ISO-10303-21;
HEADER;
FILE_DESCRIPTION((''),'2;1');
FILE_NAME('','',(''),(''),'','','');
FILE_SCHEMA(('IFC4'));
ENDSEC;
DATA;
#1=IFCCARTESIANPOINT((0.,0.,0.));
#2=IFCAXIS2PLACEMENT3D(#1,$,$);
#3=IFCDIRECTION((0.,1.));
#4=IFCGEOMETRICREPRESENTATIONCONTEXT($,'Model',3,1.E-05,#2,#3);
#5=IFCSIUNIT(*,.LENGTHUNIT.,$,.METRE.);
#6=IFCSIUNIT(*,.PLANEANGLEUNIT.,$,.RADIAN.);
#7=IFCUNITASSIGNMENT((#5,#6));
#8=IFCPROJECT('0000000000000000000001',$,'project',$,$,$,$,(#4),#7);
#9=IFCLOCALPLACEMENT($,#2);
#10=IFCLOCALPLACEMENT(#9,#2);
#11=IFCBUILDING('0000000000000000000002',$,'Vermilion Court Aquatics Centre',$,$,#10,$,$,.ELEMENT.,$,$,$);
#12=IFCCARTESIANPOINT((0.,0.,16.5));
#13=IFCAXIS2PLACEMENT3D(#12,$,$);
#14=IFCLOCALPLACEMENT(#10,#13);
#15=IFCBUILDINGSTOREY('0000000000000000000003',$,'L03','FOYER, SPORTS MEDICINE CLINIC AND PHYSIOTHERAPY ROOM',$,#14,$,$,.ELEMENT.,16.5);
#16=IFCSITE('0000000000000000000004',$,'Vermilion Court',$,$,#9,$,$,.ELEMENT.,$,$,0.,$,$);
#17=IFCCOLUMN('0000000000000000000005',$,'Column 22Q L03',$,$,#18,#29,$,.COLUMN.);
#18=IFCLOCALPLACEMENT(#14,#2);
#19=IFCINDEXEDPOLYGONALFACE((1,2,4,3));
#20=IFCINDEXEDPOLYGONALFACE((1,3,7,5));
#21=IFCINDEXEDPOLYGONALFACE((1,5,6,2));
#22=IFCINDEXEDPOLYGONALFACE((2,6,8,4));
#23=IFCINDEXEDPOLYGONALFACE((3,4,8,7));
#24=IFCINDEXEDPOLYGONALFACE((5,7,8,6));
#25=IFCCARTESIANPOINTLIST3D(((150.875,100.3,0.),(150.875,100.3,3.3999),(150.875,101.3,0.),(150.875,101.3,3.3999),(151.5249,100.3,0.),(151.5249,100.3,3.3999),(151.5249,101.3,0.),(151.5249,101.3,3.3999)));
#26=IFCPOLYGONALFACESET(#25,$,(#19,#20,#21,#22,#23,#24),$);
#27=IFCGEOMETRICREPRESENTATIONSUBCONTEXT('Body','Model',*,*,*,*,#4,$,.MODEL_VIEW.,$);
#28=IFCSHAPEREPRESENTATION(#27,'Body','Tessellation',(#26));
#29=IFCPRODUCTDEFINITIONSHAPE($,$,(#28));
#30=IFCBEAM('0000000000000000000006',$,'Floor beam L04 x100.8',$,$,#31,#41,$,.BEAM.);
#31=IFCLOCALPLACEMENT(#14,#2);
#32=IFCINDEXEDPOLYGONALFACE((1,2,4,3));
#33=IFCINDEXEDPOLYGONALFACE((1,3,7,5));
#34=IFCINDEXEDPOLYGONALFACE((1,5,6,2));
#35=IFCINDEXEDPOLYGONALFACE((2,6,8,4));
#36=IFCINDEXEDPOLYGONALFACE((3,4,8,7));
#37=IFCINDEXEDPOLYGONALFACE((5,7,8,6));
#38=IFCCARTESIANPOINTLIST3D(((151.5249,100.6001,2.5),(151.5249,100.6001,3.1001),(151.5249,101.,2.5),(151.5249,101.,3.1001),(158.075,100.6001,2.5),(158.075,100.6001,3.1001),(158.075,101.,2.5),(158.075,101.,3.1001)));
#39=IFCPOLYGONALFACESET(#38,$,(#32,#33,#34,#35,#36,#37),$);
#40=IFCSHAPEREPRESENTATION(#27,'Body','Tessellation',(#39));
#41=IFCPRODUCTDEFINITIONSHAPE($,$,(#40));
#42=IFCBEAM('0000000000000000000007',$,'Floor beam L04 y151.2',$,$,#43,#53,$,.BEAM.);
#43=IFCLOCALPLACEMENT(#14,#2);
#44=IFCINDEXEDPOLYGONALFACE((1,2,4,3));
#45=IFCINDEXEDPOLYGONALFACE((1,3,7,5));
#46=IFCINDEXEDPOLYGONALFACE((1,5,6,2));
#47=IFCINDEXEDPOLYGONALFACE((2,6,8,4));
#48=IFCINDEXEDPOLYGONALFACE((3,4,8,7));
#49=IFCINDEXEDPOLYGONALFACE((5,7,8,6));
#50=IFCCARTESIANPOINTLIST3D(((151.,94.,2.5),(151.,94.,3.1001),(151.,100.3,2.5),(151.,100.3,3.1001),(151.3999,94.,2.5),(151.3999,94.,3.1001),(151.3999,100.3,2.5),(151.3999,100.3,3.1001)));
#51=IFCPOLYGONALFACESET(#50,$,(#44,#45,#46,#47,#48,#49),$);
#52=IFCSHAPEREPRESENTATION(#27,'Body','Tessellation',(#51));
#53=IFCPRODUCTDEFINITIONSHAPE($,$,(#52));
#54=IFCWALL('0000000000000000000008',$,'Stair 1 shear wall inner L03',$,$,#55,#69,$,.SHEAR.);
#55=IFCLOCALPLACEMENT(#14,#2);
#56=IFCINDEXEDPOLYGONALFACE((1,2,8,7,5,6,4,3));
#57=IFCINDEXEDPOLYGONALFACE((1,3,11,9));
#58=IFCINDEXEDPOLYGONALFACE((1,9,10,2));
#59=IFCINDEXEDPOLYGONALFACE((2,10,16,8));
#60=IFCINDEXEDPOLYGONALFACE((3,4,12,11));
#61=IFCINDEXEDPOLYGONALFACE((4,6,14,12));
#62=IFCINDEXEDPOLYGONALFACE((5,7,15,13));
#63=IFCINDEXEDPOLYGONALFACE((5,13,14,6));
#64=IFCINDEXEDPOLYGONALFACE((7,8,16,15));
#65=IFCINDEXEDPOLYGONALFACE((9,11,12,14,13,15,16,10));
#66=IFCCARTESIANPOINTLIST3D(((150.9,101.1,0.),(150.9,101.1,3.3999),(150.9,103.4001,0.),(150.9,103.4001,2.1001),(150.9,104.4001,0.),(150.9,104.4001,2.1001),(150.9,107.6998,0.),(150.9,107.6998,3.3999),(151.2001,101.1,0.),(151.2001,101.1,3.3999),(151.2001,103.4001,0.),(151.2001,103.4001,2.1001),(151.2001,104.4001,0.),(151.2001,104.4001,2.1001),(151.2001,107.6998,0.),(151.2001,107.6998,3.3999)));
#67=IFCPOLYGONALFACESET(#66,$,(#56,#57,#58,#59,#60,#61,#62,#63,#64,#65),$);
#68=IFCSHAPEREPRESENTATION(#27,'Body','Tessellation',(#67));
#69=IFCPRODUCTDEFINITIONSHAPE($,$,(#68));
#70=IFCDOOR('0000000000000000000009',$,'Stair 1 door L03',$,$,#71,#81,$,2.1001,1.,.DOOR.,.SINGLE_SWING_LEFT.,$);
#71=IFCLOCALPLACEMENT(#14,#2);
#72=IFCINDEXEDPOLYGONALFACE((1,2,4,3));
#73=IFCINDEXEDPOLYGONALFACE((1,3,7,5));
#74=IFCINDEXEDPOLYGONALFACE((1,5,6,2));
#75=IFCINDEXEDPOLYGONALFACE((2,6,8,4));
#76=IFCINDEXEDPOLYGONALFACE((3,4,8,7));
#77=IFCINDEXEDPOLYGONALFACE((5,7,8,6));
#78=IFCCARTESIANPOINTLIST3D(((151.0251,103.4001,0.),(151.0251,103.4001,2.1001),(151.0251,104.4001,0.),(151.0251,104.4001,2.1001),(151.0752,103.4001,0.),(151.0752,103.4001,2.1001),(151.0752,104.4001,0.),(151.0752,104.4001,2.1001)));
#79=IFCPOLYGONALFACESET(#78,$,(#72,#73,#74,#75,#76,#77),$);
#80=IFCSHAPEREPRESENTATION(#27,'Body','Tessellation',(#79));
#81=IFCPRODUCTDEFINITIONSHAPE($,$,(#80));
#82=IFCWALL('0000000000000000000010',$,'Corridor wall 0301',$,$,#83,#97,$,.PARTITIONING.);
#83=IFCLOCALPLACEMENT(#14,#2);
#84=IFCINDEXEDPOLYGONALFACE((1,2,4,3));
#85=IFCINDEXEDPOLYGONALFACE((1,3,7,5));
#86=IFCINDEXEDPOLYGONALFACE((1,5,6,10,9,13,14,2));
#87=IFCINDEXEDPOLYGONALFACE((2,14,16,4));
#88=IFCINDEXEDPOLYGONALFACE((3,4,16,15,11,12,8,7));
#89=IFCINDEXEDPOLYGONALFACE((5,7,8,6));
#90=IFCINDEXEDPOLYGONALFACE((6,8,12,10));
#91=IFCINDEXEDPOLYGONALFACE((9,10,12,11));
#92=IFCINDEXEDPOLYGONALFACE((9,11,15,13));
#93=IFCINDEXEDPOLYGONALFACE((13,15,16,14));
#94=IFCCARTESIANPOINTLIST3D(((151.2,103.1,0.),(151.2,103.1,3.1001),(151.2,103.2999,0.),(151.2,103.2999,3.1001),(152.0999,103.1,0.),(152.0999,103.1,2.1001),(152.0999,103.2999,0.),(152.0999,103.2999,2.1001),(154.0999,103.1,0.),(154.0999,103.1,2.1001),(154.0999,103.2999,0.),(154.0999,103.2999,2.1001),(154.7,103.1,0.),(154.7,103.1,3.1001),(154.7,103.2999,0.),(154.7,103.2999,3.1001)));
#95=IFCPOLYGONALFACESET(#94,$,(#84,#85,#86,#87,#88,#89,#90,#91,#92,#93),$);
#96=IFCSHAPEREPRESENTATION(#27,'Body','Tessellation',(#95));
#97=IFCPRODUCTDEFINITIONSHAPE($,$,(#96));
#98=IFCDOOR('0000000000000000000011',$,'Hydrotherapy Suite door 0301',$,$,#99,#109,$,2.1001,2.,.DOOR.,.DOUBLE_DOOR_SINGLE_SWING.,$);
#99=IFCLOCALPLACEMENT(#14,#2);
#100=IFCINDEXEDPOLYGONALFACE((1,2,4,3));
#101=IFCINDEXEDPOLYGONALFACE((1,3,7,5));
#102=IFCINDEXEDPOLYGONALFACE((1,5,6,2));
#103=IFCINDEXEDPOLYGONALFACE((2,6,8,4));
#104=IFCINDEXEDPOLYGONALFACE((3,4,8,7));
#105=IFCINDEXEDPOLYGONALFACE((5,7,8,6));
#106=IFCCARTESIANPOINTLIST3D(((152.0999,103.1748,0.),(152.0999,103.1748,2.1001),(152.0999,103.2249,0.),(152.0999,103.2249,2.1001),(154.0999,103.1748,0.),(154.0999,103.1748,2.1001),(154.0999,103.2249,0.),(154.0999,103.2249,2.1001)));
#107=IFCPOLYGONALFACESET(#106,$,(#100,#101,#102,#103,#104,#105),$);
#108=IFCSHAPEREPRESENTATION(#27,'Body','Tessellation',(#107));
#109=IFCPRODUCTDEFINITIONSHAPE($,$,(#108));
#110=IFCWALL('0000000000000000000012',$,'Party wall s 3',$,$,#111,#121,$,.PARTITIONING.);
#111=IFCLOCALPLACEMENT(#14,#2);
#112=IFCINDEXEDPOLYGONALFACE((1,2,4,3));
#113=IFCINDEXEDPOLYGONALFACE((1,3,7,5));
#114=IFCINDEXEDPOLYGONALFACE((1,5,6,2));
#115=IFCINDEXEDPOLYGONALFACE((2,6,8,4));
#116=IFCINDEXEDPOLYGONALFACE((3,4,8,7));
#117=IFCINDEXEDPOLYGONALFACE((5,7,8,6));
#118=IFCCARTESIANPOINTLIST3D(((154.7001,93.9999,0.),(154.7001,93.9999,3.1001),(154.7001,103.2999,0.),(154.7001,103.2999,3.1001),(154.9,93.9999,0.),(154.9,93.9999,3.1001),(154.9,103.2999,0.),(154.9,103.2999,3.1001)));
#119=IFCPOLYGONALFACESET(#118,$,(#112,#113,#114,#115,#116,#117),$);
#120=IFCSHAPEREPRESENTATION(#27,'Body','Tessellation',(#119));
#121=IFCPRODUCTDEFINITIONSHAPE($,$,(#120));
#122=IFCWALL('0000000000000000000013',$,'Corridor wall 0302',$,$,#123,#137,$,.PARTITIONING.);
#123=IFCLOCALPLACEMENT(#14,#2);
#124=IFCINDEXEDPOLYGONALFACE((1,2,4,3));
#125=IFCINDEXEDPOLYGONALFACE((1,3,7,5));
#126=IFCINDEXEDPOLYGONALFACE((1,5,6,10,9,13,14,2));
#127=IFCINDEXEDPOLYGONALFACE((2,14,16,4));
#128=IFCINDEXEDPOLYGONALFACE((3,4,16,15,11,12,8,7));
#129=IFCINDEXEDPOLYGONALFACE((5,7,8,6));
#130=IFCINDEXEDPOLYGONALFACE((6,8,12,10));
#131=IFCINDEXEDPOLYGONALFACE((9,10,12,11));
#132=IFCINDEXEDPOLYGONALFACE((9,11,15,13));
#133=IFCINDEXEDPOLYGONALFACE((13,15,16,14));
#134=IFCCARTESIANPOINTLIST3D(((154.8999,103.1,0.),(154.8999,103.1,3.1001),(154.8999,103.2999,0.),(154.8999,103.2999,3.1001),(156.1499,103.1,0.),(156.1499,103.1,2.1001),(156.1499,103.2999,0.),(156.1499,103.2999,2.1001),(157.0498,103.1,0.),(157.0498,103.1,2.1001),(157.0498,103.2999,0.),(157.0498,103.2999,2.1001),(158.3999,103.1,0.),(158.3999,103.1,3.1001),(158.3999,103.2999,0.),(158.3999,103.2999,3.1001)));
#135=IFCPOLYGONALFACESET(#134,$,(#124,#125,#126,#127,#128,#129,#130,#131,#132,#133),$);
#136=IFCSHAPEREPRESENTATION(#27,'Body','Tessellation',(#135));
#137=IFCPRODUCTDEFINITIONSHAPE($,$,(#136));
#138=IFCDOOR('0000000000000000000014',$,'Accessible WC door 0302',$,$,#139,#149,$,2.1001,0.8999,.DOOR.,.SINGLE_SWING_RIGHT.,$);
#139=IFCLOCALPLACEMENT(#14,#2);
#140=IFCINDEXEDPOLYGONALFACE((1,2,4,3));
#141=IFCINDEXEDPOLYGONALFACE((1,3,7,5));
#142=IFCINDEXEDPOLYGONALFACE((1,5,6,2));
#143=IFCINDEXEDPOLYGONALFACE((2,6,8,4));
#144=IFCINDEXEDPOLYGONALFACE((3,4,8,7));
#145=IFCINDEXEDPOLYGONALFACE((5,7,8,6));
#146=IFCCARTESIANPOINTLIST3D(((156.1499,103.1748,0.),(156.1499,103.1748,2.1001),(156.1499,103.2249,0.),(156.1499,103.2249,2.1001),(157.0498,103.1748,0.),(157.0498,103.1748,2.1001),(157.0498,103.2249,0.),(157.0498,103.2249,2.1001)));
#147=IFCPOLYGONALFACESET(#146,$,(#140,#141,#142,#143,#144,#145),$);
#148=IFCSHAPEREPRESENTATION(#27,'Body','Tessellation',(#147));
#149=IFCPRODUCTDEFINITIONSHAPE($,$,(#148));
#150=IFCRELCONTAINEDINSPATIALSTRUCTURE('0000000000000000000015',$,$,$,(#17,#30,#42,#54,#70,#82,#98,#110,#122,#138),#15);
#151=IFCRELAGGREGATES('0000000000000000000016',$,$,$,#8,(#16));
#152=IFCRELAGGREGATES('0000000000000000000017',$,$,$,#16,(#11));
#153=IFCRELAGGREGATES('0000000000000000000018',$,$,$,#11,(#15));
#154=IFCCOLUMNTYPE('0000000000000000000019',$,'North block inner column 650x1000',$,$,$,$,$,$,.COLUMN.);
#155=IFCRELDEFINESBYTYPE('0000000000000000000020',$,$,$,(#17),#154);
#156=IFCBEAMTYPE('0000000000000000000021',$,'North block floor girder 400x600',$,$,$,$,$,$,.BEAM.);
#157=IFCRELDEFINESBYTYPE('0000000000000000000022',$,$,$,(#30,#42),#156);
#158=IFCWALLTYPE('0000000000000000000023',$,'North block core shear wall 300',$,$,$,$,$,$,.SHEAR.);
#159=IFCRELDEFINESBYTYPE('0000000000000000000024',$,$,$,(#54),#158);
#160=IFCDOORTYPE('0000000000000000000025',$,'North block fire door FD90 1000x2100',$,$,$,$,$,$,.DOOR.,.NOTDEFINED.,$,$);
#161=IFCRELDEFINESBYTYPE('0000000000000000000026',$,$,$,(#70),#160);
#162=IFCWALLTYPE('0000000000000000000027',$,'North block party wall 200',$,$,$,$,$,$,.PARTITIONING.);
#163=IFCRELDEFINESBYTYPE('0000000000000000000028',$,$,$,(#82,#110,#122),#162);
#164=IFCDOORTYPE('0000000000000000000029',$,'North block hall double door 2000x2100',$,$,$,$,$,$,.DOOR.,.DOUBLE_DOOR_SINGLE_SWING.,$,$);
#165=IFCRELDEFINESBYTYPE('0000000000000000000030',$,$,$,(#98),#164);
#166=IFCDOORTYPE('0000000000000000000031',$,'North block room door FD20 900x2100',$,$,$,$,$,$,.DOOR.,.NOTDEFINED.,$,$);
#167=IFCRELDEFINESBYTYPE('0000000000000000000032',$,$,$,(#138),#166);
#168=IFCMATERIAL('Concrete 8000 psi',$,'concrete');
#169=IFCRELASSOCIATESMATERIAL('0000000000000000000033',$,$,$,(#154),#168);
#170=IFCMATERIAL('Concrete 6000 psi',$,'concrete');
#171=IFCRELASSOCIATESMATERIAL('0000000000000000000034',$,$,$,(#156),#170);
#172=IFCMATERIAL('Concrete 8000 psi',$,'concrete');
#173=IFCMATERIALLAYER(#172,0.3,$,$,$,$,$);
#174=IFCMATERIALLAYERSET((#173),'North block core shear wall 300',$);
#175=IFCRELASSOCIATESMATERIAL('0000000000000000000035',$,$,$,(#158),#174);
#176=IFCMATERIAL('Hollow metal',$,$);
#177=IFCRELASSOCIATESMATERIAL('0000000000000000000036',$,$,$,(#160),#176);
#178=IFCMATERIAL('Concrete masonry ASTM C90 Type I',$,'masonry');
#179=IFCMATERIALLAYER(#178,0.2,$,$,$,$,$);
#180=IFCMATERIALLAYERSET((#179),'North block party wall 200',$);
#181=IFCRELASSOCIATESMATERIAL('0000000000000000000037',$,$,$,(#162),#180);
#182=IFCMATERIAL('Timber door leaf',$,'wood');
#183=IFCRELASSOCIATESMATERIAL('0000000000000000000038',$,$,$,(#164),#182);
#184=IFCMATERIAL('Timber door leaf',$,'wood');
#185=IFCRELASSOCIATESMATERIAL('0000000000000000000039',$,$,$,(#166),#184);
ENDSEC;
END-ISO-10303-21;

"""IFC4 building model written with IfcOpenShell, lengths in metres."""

from ifc_helpers import new_model, si_unit, direction, frame, frame_2d, origin, origin_2d, place, context, subcontext, project, spatial, rectangle, extrude, material, layer, layer_set, material_profile, profile_set, type_object, element, fill, save


model = new_model("IFC4")

# Units and contexts
model_context = context("Model", 3, precision=1e-05, world=origin(), true_north=direction((0.0, 1.0)))
body_context = subcontext(model_context, "Body", "Model", "MODEL_VIEW")
ifc_project = project(units=[si_unit("LENGTHUNIT", "METRE"), si_unit("PLANEANGLEUNIT", "RADIAN")], contexts=[model_context])

# Site, building, storey
site_placement = place(None, origin())
site = spatial("IfcSite", under=ifc_project, at=site_placement, Name="Vermilion Court", CompositionType="ELEMENT", RefElevation=0.0)
building_placement = place(site_placement, origin())
building = spatial("IfcBuilding", under=site, at=building_placement, Name="Vermilion Court Aquatics Centre", CompositionType="ELEMENT")
storey_placement = place(building_placement, frame((0.0, 0.0, 16.5)))
storey = spatial("IfcBuildingStorey", under=building, at=storey_placement, Name="L03", Description="FOYER, SPORTS MEDICINE CLINIC AND PHYSIOTHERAPY ROOM", CompositionType="ELEMENT", Elevation=16.5)

# Column
ifc_material_1 = material(Name="Concrete 8000 psi", Category="concrete")
ifc_material_profile_1 = material_profile(ifc_material_1, rectangle(XDim=0.6499, YDim=1.0, at=origin_2d()), Name="RC 650x1000")
ifc_profile_set_1 = profile_set([ifc_material_profile_1], Name="Concrete 8000 psi")
column_type = type_object("IfcColumnType", Name="North block inner column 650x1000", PredefinedType="COLUMN", material=ifc_profile_set_1)
column_placement = place(storey_placement, frame((151.2, 100.8, 0.0), z_axis=(0.0, 0.0, 1.0), x_axis=(1.0, 0.0, 0.0)))
element("IfcColumn", 1, at=column_placement, inside=storey, type_object=column_type, Name="Column 22Q L03", PredefinedType="COLUMN", context=body_context, shape_type="SweptSolid", body=[
    extrude(rectangle(XDim=0.6499, YDim=1.0, at=origin_2d()), origin(), (0.0, 0.0, 1.0), 3.3999),
])

# Beams
ifc_material_2 = material(Name="Concrete 6000 psi", Category="concrete")
ifc_material_profile_2 = material_profile(ifc_material_2, rectangle(XDim=0.3999, YDim=0.6001, at=origin_2d()), Name="RC 400x600")
ifc_profile_set_2 = profile_set([ifc_material_profile_2], Name="Concrete 6000 psi")
beam_type = type_object("IfcBeamType", Name="North block floor girder 400x600", PredefinedType="BEAM", material=ifc_profile_set_2)
beam_1_placement = place(storey_placement, frame((151.5249, 100.8, 2.8), z_axis=(1.0, 0.0, 0.0), x_axis=(0.0, 1.0, 0.0)))
element("IfcBeam", 2, at=beam_1_placement, inside=storey, type_object=beam_type, Name="Floor beam L04 x100.8", PredefinedType="BEAM", context=body_context, shape_type="SweptSolid", body=[
    extrude(rectangle(XDim=0.3999, YDim=0.6001, at=origin_2d()), origin(), (0.0, 0.0, 1.0), 6.55),
])
beam_2_placement = place(storey_placement, frame((151.2, 94.0, 2.8), z_axis=(0.0, 1.0, 0.0), x_axis=(-1.0, 0.0, 0.0)))
element("IfcBeam", 3, at=beam_2_placement, inside=storey, type_object=beam_type, Name="Floor beam L04 y151.2", PredefinedType="BEAM", context=body_context, shape_type="SweptSolid", body=[
    extrude(rectangle(XDim=0.3999, YDim=0.6001, at=origin_2d()), origin(), (0.0, 0.0, 1.0), 6.3),
])

# Walls, openings, doors
ifc_material_3 = material(Name="Concrete 8000 psi", Category="concrete")
ifc_layer_1 = layer(ifc_material_3, 0.3)
ifc_layer_set_1 = layer_set([ifc_layer_1], Name="North block core shear wall 300")
wall_type_1 = type_object("IfcWallType", Name="North block core shear wall 300", PredefinedType="SHEAR", material=ifc_layer_set_1)
wall_1_placement = place(storey_placement, frame((151.05, 101.1001, 0.0), z_axis=(0.0, 0.0, 1.0), x_axis=(0.0, 1.0, 0.0)))
wall_1 = element("IfcWall", 4, at=wall_1_placement, inside=storey, type_object=wall_type_1, Name="Stair 1 shear wall inner L03", PredefinedType="SHEAR", context=body_context, shape_type="SweptSolid", body=[
    extrude(rectangle(XDim=6.5999, YDim=0.3, at=frame_2d((3.2998, 0.0))), origin(), (0.0, 0.0, 1.0), 3.3999),
])
opening_1_placement = place(wall_1_placement, frame((2.3, 0.0, 0.0)))
opening_1 = element("IfcOpeningElement", 5, at=opening_1_placement, cuts=wall_1, PredefinedType="OPENING", context=body_context, shape_type="SweptSolid", body=[
    extrude(rectangle(XDim=1.0, YDim=2.1001, at=frame_2d((0.5, 1.05))), frame((0.0, 0.1599, 0.0), z_axis=(0.0, -1.0, 0.0), x_axis=(1.0, 0.0, 0.0)), (0.0, 0.0, 1.0), 0.3201),
])
ifc_material_4 = material(Name="Hollow metal")
door_type_1 = type_object("IfcDoorType", Name="North block fire door FD90 1000x2100", OperationType="NOTDEFINED", PredefinedType="DOOR", material=ifc_material_4)
door_1_placement = place(opening_1_placement, origin())
door_1 = element("IfcDoor", 6, at=door_1_placement, inside=storey, type_object=door_type_1, Name="Stair 1 door L03", OperationType="SINGLE_SWING_LEFT", OverallHeight=2.1001, OverallWidth=1.0, PredefinedType="DOOR", context=body_context, shape_type="SweptSolid", body=[
    extrude(rectangle(XDim=1.0, YDim=2.1001, at=frame_2d((0.5, 1.05))), frame((0.0, 0.0249, 0.0), z_axis=(0.0, -1.0, 0.0), x_axis=(1.0, 0.0, 0.0)), (0.0, 0.0, 1.0), 0.05),
])
fill(opening_1, door_1)
ifc_material_5 = material(Name="Concrete masonry ASTM C90 Type I", Category="masonry")
ifc_layer_2 = layer(ifc_material_5, 0.2)
ifc_layer_set_2 = layer_set([ifc_layer_2], Name="North block party wall 200")
wall_type_2 = type_object("IfcWallType", Name="North block party wall 200", PredefinedType="PARTITIONING", material=ifc_layer_set_2)
wall_2_placement = place(storey_placement, frame((151.2, 103.2, 0.0), z_axis=(0.0, 0.0, 1.0), x_axis=(1.0, 0.0, 0.0)))
wall_2 = element("IfcWall", 7, at=wall_2_placement, inside=storey, type_object=wall_type_2, Name="Corridor wall 0301", PredefinedType="PARTITIONING", context=body_context, shape_type="SweptSolid", body=[
    extrude(rectangle(XDim=3.5, YDim=0.2, at=frame_2d((1.75, 0.0))), origin(), (0.0, 0.0, 1.0), 3.1001),
])
opening_2_placement = place(wall_2_placement, frame((0.8999, 0.0, 0.0)))
opening_2 = element("IfcOpeningElement", 8, at=opening_2_placement, cuts=wall_2, PredefinedType="OPENING", context=body_context, shape_type="SweptSolid", body=[
    extrude(rectangle(XDim=2.0, YDim=2.1001, at=frame_2d((1.0, 1.05))), frame((0.0, 0.1099, 0.0), z_axis=(0.0, -1.0, 0.0), x_axis=(1.0, 0.0, 0.0)), (0.0, 0.0, 1.0), 0.22),
])
ifc_material_6 = material(Name="Timber door leaf", Category="wood")
door_type_2 = type_object("IfcDoorType", Name="North block hall double door 2000x2100", OperationType="DOUBLE_DOOR_SINGLE_SWING", PredefinedType="DOOR", material=ifc_material_6)
door_2_placement = place(opening_2_placement, frame((2.0, 0.0, 0.0), z_axis=(0.0, 0.0, 1.0), x_axis=(-1.0, 0.0, 0.0)))
door_2 = element("IfcDoor", 9, at=door_2_placement, inside=storey, type_object=door_type_2, Name="Hydrotherapy Suite door 0301", OperationType="DOUBLE_DOOR_SINGLE_SWING", OverallHeight=2.1001, OverallWidth=2.0, PredefinedType="DOOR", context=body_context, shape_type="SweptSolid", body=[
    extrude(rectangle(XDim=2.0, YDim=2.1001, at=frame_2d((1.0, 1.05))), frame((0.0, 0.0251, 0.0), z_axis=(0.0, -1.0, 0.0), x_axis=(1.0, 0.0, 0.0)), (0.0, 0.0, 1.0), 0.05),
])
fill(opening_2, door_2)

# Wall
wall_3_placement = place(storey_placement, frame((154.8, 94.0, 0.0), z_axis=(0.0, 0.0, 1.0), x_axis=(0.0, 1.0, 0.0)))
element("IfcWall", 10, at=wall_3_placement, inside=storey, type_object=wall_type_2, Name="Party wall s 3", PredefinedType="PARTITIONING", context=body_context, shape_type="SweptSolid", body=[
    extrude(rectangle(XDim=9.3, YDim=0.2, at=frame_2d((4.6499, 0.0))), origin(), (0.0, 0.0, 1.0), 3.1001),
])

# Wall, opening, door
wall_4_placement = place(storey_placement, frame((154.8999, 103.2, 0.0), z_axis=(0.0, 0.0, 1.0), x_axis=(1.0, 0.0, 0.0)))
wall_4 = element("IfcWall", 11, at=wall_4_placement, inside=storey, type_object=wall_type_2, Name="Corridor wall 0302", PredefinedType="PARTITIONING", context=body_context, shape_type="SweptSolid", body=[
    extrude(rectangle(XDim=3.5, YDim=0.2, at=frame_2d((1.75, 0.0))), origin(), (0.0, 0.0, 1.0), 3.1001),
])
opening_3_placement = place(wall_4_placement, frame((1.25, 0.0, 0.0)))
opening_3 = element("IfcOpeningElement", 12, at=opening_3_placement, cuts=wall_4, PredefinedType="OPENING", context=body_context, shape_type="SweptSolid", body=[
    extrude(rectangle(XDim=0.8999, YDim=2.1001, at=frame_2d((0.45, 1.05))), frame((0.0, 0.1099, 0.0), z_axis=(0.0, -1.0, 0.0), x_axis=(1.0, 0.0, 0.0)), (0.0, 0.0, 1.0), 0.22),
])
ifc_material_7 = material(Name="Timber door leaf", Category="wood")
door_type_3 = type_object("IfcDoorType", Name="North block room door FD20 900x2100", OperationType="NOTDEFINED", PredefinedType="DOOR", material=ifc_material_7)
door_3_placement = place(opening_3_placement, frame((0.8999, 0.0, 0.0), z_axis=(0.0, 0.0, 1.0), x_axis=(-1.0, 0.0, 0.0)))
door_3 = element("IfcDoor", 13, at=door_3_placement, inside=storey, type_object=door_type_3, Name="Accessible WC door 0302", OperationType="SINGLE_SWING_RIGHT", OverallHeight=2.1001, OverallWidth=0.8999, PredefinedType="DOOR", context=body_context, shape_type="SweptSolid", body=[
    extrude(rectangle(XDim=0.8999, YDim=2.1001, at=frame_2d((0.45, 1.05))), frame((0.0, 0.0251, 0.0), z_axis=(0.0, -1.0, 0.0), x_axis=(1.0, 0.0, 0.0)), (0.0, 0.0, 1.0), 0.05),
])
fill(opening_3, door_3)

save(model, "model.ifc")
